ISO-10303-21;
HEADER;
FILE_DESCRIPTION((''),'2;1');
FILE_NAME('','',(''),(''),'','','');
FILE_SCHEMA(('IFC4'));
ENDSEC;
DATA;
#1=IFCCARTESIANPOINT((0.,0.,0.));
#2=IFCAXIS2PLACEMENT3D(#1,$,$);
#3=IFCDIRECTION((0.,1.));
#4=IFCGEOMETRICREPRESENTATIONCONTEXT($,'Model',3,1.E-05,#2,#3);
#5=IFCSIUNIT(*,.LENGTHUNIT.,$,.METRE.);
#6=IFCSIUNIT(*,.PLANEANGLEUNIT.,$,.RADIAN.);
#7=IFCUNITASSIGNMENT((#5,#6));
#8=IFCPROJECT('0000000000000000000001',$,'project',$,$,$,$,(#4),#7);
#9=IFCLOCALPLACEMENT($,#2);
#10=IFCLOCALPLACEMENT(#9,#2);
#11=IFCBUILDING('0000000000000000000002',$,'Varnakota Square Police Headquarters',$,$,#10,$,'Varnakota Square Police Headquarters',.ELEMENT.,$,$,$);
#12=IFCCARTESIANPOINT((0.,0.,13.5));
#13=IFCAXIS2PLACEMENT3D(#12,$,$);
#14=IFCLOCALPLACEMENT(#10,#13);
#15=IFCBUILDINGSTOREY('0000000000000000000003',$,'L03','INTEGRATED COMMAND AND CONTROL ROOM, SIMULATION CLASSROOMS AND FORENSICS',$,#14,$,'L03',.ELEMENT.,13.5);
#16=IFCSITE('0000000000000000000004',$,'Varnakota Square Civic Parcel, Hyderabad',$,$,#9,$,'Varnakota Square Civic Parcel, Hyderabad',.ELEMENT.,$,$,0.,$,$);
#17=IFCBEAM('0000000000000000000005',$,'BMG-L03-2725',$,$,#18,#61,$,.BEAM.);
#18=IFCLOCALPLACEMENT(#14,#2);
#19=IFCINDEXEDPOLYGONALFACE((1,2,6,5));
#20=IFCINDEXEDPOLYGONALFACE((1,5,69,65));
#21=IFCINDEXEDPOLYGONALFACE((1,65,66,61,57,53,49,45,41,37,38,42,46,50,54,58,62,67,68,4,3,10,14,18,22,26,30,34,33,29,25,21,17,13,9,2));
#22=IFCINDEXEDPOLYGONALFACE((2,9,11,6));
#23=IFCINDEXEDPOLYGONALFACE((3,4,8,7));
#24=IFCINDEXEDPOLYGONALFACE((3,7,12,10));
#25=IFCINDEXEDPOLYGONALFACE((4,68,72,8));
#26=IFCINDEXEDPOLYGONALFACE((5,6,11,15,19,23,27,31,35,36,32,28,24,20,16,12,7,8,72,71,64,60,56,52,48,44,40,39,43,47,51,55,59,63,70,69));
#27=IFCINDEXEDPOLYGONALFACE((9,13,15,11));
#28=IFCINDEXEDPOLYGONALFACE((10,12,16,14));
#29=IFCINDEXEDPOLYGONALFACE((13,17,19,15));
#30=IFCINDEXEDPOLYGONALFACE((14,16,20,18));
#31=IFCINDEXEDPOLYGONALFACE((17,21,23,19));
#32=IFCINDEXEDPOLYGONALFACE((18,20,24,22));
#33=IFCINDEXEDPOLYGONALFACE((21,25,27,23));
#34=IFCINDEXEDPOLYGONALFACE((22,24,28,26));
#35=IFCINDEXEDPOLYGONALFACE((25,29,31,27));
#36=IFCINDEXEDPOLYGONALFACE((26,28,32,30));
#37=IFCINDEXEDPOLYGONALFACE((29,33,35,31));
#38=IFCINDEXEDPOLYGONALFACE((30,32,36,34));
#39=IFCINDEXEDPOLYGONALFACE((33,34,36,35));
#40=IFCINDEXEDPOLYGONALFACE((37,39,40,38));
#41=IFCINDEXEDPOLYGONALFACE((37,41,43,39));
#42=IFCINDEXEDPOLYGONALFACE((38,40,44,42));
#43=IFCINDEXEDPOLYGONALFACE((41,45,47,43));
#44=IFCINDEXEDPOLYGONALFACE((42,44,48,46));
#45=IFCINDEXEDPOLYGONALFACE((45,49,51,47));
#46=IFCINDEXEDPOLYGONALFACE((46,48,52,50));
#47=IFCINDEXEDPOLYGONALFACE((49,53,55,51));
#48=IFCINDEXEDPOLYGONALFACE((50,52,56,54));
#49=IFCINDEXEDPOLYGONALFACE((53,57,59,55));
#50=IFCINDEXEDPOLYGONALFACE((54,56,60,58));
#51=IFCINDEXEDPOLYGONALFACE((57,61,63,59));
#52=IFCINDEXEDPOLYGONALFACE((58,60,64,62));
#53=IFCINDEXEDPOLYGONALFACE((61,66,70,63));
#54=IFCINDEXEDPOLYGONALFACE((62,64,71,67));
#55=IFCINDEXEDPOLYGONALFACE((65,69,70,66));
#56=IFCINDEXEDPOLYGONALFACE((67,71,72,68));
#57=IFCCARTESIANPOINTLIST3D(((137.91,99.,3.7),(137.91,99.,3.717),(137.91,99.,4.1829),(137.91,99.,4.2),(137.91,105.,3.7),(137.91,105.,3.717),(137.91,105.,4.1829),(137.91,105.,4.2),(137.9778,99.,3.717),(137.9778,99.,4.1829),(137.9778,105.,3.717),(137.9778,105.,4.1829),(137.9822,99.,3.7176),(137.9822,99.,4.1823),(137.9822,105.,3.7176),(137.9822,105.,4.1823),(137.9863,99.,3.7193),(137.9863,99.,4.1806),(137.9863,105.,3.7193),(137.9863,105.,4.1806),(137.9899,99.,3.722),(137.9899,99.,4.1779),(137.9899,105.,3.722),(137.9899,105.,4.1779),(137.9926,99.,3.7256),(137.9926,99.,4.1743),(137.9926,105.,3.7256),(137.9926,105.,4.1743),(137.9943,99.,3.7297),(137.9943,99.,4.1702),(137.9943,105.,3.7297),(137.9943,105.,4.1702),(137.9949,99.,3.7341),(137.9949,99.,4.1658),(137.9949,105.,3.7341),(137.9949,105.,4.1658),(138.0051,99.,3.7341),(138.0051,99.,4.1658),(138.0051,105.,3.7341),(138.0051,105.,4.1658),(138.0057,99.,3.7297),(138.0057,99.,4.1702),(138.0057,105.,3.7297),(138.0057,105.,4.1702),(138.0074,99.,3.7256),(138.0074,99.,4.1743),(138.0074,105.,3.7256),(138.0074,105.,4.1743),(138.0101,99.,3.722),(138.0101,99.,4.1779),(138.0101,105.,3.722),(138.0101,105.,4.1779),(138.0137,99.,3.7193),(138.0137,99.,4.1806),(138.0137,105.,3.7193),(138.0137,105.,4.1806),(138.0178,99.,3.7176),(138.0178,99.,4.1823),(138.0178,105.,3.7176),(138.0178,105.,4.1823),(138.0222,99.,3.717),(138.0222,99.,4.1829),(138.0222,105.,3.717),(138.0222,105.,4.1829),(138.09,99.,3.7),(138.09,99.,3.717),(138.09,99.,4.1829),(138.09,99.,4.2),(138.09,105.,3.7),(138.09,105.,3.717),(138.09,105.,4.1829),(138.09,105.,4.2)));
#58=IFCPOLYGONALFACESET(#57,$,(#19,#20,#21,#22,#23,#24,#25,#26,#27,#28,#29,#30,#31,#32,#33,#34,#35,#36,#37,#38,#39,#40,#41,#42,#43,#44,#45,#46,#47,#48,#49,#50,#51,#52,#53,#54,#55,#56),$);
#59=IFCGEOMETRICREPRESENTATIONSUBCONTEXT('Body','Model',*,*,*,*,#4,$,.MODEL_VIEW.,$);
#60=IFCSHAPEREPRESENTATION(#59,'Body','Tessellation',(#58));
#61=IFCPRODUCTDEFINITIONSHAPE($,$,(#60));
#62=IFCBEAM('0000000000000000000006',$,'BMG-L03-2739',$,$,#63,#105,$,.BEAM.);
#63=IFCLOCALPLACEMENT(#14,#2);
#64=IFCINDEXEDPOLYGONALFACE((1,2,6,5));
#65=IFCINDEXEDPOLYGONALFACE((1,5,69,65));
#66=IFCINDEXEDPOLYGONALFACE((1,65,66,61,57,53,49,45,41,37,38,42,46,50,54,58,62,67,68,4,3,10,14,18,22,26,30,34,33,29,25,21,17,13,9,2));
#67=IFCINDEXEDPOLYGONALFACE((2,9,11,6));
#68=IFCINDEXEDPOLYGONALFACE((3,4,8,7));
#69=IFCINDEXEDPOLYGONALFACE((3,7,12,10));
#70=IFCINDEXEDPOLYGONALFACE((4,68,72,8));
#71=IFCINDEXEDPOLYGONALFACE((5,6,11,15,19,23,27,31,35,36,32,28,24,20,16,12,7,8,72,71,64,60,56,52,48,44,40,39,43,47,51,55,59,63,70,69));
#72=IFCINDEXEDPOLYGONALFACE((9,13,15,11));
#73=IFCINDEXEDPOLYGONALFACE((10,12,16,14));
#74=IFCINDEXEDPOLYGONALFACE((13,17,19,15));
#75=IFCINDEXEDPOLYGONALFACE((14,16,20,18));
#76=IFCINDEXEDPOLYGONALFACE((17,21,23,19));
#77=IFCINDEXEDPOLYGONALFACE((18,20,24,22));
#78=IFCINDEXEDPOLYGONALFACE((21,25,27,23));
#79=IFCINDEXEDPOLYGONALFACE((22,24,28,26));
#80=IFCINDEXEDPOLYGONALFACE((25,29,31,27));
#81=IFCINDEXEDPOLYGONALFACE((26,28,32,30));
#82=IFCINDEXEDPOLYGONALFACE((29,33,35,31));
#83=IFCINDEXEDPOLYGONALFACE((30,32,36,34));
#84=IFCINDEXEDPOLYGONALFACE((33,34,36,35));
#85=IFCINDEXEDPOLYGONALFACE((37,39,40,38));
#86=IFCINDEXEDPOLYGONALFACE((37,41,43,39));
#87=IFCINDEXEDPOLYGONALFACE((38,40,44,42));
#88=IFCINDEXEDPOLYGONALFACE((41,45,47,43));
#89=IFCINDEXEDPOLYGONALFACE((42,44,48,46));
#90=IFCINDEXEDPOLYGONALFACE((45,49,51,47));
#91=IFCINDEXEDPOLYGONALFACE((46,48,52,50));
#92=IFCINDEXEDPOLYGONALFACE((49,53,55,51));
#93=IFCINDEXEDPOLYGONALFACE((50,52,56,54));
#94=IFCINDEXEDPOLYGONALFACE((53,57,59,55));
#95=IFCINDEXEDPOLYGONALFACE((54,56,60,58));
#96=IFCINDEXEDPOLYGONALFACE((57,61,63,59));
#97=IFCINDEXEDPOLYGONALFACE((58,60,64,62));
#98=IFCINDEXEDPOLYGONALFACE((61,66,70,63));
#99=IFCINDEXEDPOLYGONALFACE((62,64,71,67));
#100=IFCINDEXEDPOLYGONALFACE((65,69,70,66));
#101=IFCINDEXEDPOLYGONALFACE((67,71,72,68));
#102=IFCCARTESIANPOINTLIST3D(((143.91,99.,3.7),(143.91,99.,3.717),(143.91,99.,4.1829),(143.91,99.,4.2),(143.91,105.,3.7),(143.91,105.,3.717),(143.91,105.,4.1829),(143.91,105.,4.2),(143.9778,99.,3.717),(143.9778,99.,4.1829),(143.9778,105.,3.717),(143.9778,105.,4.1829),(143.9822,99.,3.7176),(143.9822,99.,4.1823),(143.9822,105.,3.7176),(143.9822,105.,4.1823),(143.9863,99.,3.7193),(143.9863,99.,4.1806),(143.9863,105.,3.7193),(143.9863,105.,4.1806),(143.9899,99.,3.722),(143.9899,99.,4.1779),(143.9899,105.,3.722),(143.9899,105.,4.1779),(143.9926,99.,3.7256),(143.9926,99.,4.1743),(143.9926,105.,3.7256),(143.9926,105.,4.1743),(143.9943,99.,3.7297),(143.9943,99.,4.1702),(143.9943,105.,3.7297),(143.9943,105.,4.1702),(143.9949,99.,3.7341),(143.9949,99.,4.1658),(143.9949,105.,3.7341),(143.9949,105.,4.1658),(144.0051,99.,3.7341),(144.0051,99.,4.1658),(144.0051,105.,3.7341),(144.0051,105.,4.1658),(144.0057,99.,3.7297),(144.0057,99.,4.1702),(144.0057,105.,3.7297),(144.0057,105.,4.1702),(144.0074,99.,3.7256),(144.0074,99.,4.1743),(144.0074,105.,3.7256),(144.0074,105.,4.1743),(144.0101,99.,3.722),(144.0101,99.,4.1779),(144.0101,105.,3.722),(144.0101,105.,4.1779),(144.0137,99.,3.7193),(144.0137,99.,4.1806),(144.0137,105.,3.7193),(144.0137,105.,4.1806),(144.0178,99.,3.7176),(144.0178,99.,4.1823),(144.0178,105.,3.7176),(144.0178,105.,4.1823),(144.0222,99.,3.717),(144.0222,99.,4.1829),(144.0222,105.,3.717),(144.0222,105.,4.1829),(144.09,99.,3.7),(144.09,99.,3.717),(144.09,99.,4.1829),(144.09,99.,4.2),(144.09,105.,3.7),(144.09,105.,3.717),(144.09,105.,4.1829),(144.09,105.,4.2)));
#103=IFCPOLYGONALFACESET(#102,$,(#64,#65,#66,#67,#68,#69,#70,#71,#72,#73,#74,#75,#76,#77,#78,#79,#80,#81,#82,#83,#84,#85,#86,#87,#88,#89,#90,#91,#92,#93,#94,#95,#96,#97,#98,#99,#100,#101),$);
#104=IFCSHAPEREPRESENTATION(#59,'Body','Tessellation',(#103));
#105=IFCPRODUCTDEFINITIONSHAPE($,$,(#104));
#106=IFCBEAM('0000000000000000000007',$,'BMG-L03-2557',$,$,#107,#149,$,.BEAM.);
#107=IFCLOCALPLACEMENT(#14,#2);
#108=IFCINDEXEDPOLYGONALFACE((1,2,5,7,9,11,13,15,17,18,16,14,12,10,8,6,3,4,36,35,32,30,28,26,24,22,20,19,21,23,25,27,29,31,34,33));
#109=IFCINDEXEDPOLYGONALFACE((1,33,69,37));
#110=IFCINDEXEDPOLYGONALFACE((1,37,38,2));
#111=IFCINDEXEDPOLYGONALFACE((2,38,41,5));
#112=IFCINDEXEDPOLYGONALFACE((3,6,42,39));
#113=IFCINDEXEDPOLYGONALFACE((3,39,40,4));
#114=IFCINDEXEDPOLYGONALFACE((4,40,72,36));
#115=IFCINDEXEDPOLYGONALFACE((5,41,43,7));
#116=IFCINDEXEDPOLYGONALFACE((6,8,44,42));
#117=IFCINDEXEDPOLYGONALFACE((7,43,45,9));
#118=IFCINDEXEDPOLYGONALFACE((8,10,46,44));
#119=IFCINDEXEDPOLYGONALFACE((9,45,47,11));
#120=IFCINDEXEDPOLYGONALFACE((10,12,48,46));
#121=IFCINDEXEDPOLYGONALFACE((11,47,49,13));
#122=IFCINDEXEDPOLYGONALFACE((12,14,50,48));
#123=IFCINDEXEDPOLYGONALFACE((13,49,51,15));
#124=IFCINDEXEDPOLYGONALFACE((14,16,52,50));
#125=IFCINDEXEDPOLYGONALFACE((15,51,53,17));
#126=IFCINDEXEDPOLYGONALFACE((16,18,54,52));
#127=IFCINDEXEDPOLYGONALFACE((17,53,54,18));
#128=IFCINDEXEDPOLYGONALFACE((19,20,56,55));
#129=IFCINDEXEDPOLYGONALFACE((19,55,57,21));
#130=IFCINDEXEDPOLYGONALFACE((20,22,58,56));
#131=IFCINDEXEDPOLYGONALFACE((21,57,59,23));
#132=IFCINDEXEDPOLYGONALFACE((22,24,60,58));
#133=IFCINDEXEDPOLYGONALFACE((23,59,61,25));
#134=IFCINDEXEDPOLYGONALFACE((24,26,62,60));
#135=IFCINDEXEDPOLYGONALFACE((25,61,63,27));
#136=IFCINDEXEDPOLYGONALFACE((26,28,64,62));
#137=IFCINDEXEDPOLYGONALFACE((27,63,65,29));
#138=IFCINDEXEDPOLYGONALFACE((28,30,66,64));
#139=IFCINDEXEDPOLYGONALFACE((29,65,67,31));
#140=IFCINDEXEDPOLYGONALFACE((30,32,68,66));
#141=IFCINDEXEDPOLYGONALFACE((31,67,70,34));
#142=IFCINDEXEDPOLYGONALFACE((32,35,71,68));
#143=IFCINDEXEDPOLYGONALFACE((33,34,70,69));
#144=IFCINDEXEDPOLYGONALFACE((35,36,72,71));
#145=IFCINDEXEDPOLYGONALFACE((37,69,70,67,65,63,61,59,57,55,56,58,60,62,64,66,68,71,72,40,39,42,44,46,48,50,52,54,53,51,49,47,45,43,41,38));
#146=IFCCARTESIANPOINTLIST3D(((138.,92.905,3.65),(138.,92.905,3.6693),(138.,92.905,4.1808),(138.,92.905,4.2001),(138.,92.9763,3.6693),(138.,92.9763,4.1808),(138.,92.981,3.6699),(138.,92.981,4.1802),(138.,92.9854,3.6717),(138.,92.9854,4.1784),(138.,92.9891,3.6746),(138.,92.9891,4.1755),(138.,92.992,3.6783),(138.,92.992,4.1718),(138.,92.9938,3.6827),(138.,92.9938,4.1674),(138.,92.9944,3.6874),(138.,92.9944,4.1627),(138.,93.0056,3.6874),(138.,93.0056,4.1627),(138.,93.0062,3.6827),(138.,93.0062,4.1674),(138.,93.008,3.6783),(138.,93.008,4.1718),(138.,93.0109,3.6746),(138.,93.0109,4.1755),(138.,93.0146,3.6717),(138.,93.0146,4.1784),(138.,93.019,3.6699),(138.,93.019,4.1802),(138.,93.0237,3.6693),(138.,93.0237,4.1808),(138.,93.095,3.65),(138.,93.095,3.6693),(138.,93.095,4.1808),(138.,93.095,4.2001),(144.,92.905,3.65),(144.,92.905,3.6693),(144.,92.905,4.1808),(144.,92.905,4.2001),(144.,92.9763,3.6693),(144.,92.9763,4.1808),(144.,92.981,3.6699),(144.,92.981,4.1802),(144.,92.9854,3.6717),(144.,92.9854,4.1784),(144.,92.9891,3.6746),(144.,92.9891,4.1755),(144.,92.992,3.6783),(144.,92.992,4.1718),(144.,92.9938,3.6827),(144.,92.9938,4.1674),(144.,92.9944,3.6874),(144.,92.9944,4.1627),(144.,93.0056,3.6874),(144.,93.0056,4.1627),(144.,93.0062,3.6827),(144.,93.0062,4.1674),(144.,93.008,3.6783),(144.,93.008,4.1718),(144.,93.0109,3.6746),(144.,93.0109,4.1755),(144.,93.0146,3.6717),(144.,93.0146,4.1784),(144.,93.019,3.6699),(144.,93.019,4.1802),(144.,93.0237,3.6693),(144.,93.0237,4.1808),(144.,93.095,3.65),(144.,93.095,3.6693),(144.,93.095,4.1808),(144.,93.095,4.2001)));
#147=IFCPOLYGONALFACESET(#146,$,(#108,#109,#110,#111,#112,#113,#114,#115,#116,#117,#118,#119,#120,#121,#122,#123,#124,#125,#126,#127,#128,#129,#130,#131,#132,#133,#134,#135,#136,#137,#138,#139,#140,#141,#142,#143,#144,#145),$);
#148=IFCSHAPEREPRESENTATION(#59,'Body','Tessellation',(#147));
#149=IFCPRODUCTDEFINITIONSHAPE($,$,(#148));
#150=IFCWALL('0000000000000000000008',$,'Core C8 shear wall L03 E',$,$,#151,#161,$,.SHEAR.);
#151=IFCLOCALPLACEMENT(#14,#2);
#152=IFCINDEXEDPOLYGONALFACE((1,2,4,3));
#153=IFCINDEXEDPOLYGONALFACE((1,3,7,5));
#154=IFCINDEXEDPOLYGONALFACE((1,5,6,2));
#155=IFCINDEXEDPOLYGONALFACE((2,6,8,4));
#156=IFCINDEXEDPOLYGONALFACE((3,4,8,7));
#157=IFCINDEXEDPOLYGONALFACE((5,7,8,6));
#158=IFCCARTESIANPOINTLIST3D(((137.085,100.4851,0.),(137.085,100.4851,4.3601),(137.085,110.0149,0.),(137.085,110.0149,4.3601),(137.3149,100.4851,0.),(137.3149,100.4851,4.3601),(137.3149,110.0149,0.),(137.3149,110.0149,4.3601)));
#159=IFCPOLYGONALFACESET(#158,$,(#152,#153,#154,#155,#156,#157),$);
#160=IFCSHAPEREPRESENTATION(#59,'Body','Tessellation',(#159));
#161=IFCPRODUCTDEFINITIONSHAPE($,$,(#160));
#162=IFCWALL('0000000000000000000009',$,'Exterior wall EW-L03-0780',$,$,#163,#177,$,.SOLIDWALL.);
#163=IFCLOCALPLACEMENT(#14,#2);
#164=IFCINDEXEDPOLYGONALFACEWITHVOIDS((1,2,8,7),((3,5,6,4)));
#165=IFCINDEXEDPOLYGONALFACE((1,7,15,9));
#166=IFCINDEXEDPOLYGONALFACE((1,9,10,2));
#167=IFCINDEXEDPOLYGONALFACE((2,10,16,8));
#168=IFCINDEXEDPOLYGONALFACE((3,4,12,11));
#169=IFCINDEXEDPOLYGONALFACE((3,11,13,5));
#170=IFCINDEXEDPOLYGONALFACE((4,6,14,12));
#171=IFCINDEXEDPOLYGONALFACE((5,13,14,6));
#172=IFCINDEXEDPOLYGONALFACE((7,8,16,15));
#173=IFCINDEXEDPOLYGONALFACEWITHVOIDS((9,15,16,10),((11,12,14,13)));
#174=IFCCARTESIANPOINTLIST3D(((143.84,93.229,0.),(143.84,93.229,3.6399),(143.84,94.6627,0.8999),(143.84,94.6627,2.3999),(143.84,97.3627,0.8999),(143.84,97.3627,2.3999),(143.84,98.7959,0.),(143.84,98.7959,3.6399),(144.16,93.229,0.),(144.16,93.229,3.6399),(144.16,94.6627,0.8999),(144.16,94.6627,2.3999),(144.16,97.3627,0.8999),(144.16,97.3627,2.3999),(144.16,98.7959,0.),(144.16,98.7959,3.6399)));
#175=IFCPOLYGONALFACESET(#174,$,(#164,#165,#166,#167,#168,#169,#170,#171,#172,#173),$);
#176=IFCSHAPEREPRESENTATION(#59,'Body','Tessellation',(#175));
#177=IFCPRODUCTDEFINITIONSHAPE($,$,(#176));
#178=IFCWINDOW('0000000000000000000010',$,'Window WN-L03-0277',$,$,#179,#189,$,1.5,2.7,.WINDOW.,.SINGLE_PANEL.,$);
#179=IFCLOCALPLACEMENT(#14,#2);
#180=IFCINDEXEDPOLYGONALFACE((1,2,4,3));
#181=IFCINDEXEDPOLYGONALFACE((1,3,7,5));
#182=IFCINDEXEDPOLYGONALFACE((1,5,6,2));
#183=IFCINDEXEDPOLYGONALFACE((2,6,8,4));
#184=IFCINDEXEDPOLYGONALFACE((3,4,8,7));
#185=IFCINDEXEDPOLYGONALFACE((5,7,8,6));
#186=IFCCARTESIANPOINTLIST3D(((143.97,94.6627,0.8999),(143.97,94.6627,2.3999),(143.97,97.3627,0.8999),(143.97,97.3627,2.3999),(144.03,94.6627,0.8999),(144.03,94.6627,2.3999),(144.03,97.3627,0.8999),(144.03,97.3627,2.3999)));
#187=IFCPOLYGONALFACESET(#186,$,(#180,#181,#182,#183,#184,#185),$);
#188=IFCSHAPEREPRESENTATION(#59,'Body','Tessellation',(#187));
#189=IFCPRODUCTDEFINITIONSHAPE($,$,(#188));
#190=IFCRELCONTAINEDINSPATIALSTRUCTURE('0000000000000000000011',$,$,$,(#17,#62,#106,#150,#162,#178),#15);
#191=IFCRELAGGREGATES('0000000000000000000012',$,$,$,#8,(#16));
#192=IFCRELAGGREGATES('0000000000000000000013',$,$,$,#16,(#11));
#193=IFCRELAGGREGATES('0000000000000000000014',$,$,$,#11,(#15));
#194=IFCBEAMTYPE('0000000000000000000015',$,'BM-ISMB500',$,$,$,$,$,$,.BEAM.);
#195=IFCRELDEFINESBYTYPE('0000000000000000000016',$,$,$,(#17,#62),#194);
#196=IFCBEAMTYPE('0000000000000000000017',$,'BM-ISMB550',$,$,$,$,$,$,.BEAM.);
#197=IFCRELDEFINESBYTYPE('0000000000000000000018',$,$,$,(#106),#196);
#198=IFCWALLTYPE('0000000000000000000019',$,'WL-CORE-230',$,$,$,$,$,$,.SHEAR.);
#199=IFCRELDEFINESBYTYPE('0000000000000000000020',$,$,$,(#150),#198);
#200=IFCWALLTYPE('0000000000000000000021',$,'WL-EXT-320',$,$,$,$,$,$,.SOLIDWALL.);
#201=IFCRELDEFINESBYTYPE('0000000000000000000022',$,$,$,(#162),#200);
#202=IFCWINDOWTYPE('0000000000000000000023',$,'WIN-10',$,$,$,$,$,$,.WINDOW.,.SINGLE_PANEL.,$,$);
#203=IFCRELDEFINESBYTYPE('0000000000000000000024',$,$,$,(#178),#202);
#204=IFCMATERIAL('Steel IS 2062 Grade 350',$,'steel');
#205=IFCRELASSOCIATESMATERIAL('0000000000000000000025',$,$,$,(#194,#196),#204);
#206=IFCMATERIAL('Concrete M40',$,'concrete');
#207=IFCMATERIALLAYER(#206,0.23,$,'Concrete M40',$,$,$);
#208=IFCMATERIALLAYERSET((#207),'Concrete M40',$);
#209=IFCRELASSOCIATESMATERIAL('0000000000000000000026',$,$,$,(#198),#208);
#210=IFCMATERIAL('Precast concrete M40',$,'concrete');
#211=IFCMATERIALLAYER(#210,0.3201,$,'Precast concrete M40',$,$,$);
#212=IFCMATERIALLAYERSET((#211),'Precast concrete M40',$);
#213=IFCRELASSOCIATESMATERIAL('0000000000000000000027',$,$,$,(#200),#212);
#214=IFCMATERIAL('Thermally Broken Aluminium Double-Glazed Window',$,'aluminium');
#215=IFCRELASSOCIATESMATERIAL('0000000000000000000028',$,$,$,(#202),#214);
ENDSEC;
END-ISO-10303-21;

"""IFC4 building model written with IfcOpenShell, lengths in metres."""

from ifc_helpers import new_model, si_unit, direction, frame, frame_2d, origin, origin_2d, place, context, subcontext, project, spatial, rectangle, i_section, extrude, material, layer, layer_set, material_profile, profile_set, type_object, element, fill, save


model = new_model("IFC4")

# Units and contexts
model_context = context("Model", 3, precision=1e-05, world=origin(), true_north=direction((0.0, 1.0)))
body_context = subcontext(model_context, "Body", "Model", "MODEL_VIEW")
ifc_project = project(units=[si_unit("LENGTHUNIT", "METRE"), si_unit("PLANEANGLEUNIT", "RADIAN")], contexts=[model_context])

# Site, building, storey
site_placement = place(None, origin())
site = spatial("IfcSite", under=ifc_project, at=site_placement, Name="Varnakota Square Civic Parcel, Hyderabad", LongName="Varnakota Square Civic Parcel, Hyderabad", CompositionType="ELEMENT", RefElevation=0.0)
building_placement = place(site_placement, origin())
building = spatial("IfcBuilding", under=site, at=building_placement, Name="Varnakota Square Police Headquarters", LongName="Varnakota Square Police Headquarters", CompositionType="ELEMENT")
storey_placement = place(building_placement, frame((0.0, 0.0, 13.5)))
storey = spatial("IfcBuildingStorey", under=building, at=storey_placement, Name="L03", Description="INTEGRATED COMMAND AND CONTROL ROOM, SIMULATION CLASSROOMS AND FORENSICS", LongName="L03", CompositionType="ELEMENT", Elevation=13.5)

# Shared definitions
ifc_material_1 = material(Name="Steel IS 2062 Grade 350", Category="steel")

# Beams
ifc_material_profile_1 = material_profile(ifc_material_1, i_section(OverallWidth=0.1799, OverallDepth=0.5, WebThickness=0.0103, FlangeThickness=0.0171, FilletRadius=0.0171, at=origin_2d()), Name="ISMB 500")
ifc_profile_set_1 = profile_set([ifc_material_profile_1], Name="Steel IS 2062 Grade 350")
beam_type_1 = type_object("IfcBeamType", Name="BM-ISMB500", PredefinedType="BEAM", material=ifc_profile_set_1)
for number, where, z_axis, x_axis, name in (
    (1, (138.0, 99.0, 3.95), (0.0, 1.0, 0.0), (-1.0, 0.0, 0.0), "BMG-L03-2725"),
    (2, (144.0, 99.0, 3.95), (0.0, 1.0, 0.0), (-1.0, 0.0, 0.0), "BMG-L03-2739"),
):
    element("IfcBeam", number, at=place(storey_placement, frame(where, z_axis=z_axis, x_axis=x_axis)), inside=storey, type_object=beam_type_1, Name=name, PredefinedType="BEAM", context=body_context, shape_type="SweptSolid", body=[
        extrude(i_section(OverallWidth=0.1799, OverallDepth=0.5, WebThickness=0.0103, FlangeThickness=0.0171, FilletRadius=0.0171, at=origin_2d()), origin(), (0.0, 0.0, 1.0), 6.0),
    ])
ifc_material_profile_2 = material_profile(ifc_material_1, i_section(OverallWidth=0.1899, OverallDepth=0.55, WebThickness=0.0112, FlangeThickness=0.0193, FilletRadius=0.0181, at=origin_2d()), Name="ISMB 550")
ifc_profile_set_2 = profile_set([ifc_material_profile_2], Name="Steel IS 2062 Grade 350")
beam_type_2 = type_object("IfcBeamType", Name="BM-ISMB550", PredefinedType="BEAM", material=ifc_profile_set_2)
beam_1_placement = place(storey_placement, frame((138.0, 93.0, 3.925), z_axis=(1.0, 0.0, 0.0), x_axis=(0.0, 1.0, 0.0)))
element("IfcBeam", 3, at=beam_1_placement, inside=storey, type_object=beam_type_2, Name="BMG-L03-2557", PredefinedType="BEAM", context=body_context, shape_type="SweptSolid", body=[
    extrude(i_section(OverallWidth=0.1899, OverallDepth=0.55, WebThickness=0.0112, FlangeThickness=0.0193, FilletRadius=0.0181, at=origin_2d()), origin(), (0.0, 0.0, 1.0), 6.0),
])

# Wall
ifc_material_2 = material(Name="Concrete M40", Category="concrete")
ifc_layer_1 = layer(ifc_material_2, 0.23, Name="Concrete M40")
ifc_layer_set_1 = layer_set([ifc_layer_1], Name="Concrete M40")
wall_type_1 = type_object("IfcWallType", Name="WL-CORE-230", PredefinedType="SHEAR", material=ifc_layer_set_1)
wall_1_placement = place(storey_placement, frame((137.2, 100.4851, 0.0), z_axis=(0.0, 0.0, 1.0), x_axis=(0.0, 1.0, 0.0)))
element("IfcWall", 4, at=wall_1_placement, inside=storey, type_object=wall_type_1, Name="Core C8 shear wall L03 E", PredefinedType="SHEAR", context=body_context, shape_type="SweptSolid", body=[
    extrude(rectangle(XDim=9.5298, YDim=0.23, at=frame_2d((4.7649, 0.0))), origin(), (0.0, 0.0, 1.0), 4.3601),
])

# Wall, opening, window
ifc_material_3 = material(Name="Precast concrete M40", Category="concrete")
ifc_layer_2 = layer(ifc_material_3, 0.3201, Name="Precast concrete M40")
ifc_layer_set_2 = layer_set([ifc_layer_2], Name="Precast concrete M40")
wall_type_2 = type_object("IfcWallType", Name="WL-EXT-320", PredefinedType="SOLIDWALL", material=ifc_layer_set_2)
wall_2_placement = place(storey_placement, frame((144.0, 93.229, 0.0), z_axis=(0.0, 0.0, 1.0), x_axis=(0.0, 1.0, 0.0)))
wall_2 = element("IfcWall", 5, at=wall_2_placement, inside=storey, type_object=wall_type_2, Name="Exterior wall EW-L03-0780", PredefinedType="SOLIDWALL", context=body_context, shape_type="SweptSolid", body=[
    extrude(rectangle(XDim=5.5669, YDim=0.3201, at=frame_2d((2.7834, 0.0))), origin(), (0.0, 0.0, 1.0), 3.6399),
])
opening_1_placement = place(wall_2_placement, frame((1.4336, 0.0, 0.8999)))
opening_1 = element("IfcOpeningElement", 6, at=opening_1_placement, cuts=wall_2, PredefinedType="OPENING", context=body_context, shape_type="SweptSolid", body=[
    extrude(rectangle(XDim=2.7, YDim=1.5, at=frame_2d((1.3501, 0.75))), frame((0.0, 0.1699, 0.0), z_axis=(0.0, -1.0, 0.0), x_axis=(1.0, 0.0, 0.0)), (0.0, 0.0, 1.0), 0.3401),
])
ifc_material_4 = material(Name="Thermally Broken Aluminium Double-Glazed Window", Category="aluminium")
window_type = type_object("IfcWindowType", Name="WIN-10", PartitioningType="SINGLE_PANEL", PredefinedType="WINDOW", material=ifc_material_4)
window_1_placement = place(opening_1_placement, origin())
window_1 = element("IfcWindow", 7, at=window_1_placement, inside=storey, type_object=window_type, Name="Window WN-L03-0277", OverallHeight=1.5, OverallWidth=2.7, PartitioningType="SINGLE_PANEL", PredefinedType="WINDOW", context=body_context, shape_type="SweptSolid", body=[
    extrude(rectangle(XDim=2.7, YDim=1.5, at=frame_2d((1.3501, 0.75))), frame((0.0, 0.03, 0.0), z_axis=(0.0, -1.0, 0.0), x_axis=(1.0, 0.0, 0.0)), (0.0, 0.0, 1.0), 0.0601),
])
fill(opening_1, window_1)

save(model, "model.ifc")
